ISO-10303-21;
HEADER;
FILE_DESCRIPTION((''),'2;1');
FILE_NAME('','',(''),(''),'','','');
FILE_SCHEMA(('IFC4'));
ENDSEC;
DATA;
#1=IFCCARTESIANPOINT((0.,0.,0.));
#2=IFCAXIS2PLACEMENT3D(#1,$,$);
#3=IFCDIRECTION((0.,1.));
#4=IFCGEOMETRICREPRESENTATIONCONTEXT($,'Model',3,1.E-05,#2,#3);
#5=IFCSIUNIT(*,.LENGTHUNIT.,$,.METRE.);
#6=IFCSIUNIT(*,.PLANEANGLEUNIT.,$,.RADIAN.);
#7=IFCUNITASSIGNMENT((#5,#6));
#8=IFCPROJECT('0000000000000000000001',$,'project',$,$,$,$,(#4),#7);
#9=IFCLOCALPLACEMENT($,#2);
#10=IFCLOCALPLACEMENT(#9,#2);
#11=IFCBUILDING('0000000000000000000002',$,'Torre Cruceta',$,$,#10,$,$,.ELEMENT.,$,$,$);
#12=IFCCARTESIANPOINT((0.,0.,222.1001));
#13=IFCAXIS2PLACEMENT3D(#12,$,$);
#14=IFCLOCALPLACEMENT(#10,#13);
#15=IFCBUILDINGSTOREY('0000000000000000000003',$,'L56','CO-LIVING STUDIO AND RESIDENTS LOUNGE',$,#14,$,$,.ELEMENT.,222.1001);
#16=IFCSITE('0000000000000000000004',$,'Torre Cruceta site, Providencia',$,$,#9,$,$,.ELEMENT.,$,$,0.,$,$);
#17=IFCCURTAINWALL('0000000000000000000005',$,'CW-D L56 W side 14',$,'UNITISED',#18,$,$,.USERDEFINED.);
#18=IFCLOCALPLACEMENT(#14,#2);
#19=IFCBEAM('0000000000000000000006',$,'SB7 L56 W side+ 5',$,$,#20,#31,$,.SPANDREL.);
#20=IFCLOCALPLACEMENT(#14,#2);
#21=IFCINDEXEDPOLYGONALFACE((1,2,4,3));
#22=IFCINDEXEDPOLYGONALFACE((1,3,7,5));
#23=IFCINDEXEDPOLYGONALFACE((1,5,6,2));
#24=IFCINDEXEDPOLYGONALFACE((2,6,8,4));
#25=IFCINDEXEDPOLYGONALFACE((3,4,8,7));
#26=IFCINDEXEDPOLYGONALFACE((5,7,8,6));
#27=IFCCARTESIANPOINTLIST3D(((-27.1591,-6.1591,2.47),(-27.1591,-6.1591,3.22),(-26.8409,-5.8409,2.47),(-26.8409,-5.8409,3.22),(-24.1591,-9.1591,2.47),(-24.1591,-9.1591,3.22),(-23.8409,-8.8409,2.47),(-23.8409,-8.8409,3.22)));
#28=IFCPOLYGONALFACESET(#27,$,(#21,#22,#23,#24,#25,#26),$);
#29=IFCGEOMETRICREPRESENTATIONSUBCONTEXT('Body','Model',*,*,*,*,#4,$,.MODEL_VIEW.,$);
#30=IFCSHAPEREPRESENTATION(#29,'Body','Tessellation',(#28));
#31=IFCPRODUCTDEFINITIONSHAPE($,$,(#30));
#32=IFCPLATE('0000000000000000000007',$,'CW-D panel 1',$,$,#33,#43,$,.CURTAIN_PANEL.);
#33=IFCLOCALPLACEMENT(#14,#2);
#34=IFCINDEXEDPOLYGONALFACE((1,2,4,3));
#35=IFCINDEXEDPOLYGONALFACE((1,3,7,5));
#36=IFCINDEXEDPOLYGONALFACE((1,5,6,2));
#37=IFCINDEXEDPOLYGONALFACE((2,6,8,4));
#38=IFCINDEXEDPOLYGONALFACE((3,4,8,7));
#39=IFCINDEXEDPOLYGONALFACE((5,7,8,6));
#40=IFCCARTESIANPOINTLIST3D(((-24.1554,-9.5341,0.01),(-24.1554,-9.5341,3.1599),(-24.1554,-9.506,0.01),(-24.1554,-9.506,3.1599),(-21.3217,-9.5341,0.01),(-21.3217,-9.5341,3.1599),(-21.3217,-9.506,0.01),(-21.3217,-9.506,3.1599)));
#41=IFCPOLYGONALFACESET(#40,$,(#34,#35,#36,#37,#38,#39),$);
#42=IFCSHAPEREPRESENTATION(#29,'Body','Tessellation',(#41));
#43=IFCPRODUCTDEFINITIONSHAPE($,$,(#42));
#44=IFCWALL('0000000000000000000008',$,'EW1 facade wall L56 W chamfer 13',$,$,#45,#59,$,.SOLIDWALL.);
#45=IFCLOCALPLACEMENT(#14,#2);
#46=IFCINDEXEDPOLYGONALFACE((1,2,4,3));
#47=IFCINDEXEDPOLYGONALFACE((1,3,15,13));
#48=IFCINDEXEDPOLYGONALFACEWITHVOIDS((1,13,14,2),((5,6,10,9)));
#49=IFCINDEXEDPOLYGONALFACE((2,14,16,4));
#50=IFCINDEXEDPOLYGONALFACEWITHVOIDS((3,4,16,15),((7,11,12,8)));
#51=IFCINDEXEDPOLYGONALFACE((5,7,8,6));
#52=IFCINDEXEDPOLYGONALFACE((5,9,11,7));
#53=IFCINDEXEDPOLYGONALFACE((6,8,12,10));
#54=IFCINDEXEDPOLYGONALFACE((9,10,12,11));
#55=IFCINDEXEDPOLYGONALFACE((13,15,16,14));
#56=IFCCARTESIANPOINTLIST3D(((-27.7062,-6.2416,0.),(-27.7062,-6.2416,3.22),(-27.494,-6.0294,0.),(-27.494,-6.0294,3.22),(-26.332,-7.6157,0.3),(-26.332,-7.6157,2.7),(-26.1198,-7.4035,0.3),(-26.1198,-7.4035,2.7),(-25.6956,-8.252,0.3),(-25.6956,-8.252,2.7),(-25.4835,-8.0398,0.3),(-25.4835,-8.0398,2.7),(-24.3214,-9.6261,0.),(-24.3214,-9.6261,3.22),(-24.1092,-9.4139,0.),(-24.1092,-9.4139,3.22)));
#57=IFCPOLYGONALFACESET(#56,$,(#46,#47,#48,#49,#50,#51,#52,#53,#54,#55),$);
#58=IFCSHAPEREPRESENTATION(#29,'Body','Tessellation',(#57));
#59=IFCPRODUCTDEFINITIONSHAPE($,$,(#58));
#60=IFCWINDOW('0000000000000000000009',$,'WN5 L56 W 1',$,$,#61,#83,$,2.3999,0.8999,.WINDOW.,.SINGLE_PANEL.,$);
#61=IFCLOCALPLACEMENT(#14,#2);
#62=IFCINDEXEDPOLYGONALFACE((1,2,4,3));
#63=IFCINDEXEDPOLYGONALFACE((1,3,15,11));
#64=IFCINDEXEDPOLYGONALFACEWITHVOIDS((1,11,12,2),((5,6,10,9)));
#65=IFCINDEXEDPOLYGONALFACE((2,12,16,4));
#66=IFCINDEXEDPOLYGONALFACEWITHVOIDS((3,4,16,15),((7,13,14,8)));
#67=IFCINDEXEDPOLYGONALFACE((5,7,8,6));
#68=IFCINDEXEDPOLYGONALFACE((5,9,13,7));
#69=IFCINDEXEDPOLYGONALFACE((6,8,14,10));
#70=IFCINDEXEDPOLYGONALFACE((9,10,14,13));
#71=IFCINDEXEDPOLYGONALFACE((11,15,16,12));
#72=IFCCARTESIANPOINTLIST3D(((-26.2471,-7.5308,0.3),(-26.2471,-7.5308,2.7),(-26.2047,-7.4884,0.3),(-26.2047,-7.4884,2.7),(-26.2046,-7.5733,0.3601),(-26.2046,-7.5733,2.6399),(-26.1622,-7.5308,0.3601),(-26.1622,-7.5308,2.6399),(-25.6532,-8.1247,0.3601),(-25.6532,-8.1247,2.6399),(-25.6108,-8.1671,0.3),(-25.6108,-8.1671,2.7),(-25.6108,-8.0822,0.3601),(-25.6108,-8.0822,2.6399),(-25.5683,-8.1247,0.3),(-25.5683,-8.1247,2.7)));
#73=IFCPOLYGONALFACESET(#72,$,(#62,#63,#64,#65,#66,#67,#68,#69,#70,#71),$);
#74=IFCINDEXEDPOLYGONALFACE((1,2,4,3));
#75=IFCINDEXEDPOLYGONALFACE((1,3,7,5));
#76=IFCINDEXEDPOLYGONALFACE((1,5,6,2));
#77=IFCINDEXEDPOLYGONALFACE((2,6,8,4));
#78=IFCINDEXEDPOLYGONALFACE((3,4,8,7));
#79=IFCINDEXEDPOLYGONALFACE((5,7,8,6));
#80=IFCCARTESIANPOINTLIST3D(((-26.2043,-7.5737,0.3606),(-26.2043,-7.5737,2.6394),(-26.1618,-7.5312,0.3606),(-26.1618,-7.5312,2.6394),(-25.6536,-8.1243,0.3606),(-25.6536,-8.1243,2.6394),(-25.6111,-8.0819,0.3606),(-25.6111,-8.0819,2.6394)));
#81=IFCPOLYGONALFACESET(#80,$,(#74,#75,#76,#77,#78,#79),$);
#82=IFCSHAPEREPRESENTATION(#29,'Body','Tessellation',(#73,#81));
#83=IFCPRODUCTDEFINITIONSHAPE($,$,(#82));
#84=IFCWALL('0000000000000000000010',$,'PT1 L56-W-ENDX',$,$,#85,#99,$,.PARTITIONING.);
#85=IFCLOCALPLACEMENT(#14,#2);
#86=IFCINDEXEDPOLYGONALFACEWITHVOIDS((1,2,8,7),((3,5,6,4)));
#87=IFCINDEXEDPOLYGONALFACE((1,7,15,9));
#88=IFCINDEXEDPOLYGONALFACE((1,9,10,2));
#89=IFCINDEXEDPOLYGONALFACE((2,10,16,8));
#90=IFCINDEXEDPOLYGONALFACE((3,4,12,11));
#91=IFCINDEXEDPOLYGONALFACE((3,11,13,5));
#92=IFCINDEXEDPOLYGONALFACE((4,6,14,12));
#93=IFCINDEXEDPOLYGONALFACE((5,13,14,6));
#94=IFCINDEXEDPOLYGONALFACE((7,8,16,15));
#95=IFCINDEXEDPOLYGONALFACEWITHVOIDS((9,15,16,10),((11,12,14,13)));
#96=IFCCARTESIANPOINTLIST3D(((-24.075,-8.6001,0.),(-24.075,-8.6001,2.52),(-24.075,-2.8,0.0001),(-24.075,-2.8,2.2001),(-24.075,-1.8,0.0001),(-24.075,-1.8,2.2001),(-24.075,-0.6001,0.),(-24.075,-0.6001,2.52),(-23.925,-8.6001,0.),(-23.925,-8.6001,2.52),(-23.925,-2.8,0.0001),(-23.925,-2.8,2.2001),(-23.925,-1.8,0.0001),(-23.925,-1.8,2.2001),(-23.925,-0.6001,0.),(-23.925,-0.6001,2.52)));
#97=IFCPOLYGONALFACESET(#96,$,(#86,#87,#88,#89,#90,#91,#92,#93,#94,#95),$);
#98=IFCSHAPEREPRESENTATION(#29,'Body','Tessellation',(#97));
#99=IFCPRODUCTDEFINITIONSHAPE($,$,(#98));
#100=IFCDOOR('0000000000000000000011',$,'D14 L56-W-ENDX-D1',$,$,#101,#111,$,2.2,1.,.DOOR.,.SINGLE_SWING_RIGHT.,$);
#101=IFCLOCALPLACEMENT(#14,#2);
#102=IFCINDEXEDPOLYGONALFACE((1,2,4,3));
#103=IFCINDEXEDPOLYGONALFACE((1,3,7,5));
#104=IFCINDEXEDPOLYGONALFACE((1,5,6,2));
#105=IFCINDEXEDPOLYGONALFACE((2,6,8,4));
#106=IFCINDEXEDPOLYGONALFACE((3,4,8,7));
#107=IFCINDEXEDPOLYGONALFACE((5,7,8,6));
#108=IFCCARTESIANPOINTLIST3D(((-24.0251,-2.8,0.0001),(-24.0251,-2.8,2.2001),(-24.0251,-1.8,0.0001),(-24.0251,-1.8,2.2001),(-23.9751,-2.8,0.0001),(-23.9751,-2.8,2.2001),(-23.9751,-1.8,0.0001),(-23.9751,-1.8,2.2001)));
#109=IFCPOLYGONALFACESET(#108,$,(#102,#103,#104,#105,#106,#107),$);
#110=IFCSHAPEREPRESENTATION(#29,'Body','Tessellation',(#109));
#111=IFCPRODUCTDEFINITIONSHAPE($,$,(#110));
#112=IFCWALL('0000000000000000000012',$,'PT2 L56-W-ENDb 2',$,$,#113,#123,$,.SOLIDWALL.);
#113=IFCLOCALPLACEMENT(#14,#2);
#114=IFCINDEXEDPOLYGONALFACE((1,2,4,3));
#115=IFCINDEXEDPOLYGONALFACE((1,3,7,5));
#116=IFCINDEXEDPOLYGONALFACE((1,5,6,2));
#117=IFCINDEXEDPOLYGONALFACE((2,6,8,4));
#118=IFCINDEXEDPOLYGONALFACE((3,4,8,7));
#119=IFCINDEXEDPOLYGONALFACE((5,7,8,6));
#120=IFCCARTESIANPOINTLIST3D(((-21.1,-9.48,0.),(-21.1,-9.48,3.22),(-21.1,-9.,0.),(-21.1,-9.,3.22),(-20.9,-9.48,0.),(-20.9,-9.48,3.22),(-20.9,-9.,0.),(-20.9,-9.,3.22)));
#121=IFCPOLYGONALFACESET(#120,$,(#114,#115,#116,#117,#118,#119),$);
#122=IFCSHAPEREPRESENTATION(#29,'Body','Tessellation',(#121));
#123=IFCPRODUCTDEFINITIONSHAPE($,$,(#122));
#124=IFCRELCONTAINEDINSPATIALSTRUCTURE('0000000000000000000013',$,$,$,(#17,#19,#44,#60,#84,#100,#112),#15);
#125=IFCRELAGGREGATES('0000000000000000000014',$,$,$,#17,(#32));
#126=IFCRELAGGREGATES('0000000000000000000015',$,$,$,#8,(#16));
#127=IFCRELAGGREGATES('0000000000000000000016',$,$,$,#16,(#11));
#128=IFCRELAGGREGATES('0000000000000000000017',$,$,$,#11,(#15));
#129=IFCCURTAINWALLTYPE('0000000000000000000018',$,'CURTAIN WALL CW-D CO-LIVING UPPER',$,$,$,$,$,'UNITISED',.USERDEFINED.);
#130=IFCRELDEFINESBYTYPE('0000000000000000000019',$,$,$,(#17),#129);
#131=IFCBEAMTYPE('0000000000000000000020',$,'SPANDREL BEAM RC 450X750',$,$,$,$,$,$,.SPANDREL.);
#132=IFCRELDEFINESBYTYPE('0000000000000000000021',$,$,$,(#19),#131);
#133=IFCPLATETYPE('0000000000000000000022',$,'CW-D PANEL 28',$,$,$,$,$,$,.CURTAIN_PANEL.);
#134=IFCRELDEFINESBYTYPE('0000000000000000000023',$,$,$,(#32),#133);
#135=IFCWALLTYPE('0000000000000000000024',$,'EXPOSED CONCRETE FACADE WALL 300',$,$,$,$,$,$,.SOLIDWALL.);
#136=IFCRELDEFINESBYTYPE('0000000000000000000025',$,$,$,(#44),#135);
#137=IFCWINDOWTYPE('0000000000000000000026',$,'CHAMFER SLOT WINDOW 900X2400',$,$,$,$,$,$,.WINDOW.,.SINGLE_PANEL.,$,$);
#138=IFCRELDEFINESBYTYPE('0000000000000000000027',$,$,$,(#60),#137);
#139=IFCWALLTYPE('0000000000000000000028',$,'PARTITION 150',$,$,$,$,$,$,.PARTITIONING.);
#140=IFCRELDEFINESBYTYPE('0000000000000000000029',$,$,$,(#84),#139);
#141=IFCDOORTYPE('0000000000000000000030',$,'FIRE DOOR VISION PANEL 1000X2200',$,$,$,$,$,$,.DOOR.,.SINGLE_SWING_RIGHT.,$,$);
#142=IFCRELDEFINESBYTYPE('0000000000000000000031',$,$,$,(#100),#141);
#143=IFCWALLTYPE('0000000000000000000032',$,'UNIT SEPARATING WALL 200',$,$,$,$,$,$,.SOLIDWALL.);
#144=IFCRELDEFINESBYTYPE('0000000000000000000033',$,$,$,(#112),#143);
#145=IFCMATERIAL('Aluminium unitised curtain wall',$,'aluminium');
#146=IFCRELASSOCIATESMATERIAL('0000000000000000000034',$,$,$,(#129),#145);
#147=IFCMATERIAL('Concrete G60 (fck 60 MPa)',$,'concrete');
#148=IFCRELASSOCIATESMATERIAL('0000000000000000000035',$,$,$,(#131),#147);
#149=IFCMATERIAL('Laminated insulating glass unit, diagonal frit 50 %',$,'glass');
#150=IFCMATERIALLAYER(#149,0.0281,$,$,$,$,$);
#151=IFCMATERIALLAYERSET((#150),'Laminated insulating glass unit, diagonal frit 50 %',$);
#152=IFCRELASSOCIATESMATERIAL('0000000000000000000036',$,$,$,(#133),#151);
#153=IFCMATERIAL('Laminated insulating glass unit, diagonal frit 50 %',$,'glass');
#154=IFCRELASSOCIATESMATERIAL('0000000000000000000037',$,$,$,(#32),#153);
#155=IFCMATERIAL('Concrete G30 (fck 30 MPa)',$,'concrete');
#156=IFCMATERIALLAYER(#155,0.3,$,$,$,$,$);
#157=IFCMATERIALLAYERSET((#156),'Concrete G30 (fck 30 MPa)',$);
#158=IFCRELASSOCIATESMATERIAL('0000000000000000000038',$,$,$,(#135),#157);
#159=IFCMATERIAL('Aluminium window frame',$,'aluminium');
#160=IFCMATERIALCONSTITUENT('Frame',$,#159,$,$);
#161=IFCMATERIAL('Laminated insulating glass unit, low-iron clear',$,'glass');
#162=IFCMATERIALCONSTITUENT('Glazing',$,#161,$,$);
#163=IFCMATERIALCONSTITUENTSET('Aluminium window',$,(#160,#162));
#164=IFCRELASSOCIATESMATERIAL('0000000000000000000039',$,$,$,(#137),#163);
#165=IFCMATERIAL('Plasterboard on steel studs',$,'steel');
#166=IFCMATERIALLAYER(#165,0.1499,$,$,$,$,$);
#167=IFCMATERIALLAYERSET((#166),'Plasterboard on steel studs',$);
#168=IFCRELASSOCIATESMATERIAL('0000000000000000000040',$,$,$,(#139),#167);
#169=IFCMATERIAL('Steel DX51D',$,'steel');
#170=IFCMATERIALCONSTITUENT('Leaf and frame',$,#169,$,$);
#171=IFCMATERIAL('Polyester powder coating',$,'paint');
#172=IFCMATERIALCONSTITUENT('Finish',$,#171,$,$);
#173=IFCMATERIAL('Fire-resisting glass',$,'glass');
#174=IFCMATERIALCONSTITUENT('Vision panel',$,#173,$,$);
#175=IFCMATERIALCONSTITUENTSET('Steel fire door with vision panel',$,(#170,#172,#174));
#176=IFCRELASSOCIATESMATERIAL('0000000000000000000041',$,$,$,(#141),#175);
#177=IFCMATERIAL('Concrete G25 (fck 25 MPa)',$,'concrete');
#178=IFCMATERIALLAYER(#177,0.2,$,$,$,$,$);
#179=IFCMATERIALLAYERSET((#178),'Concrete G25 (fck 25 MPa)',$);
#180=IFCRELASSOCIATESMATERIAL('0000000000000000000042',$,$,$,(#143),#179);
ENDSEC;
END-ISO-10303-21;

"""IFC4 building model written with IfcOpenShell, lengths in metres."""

from ifc_helpers import new_model, si_unit, direction, frame, frame_2d, origin, origin_2d, place, context, subcontext, project, spatial, rectangle, hollow_rectangle, extrude, material, layer, layer_set, constituent, constituent_set, material_profile, profile_set, type_object, element, fill, aggregate, save


model = new_model("IFC4")

# Units and contexts
model_context = context("Model", 3, precision=1e-05, world=origin(), true_north=direction((0.0, 1.0)))
body_context = subcontext(model_context, "Body", "Model", "MODEL_VIEW")
ifc_project = project(units=[si_unit("LENGTHUNIT", "METRE"), si_unit("PLANEANGLEUNIT", "RADIAN")], contexts=[model_context])

# Site, building, storey
site_placement = place(None, origin())
site = spatial("IfcSite", under=ifc_project, at=site_placement, Name="Torre Cruceta site, Providencia", CompositionType="ELEMENT", RefElevation=0.0)
building_placement = place(site_placement, origin())
building = spatial("IfcBuilding", under=site, at=building_placement, Name="Torre Cruceta", CompositionType="ELEMENT")
storey_placement = place(building_placement, frame((0.0, 0.0, 222.1001)))
storey = spatial("IfcBuildingStorey", under=building, at=storey_placement, Name="L56", Description="CO-LIVING STUDIO AND RESIDENTS LOUNGE", CompositionType="ELEMENT", Elevation=222.1001)

# Curtain wall
ifc_material_1 = material(Name="Aluminium unitised curtain wall", Category="aluminium")
curtain_wall_type = type_object("IfcCurtainWallType", Name="CURTAIN WALL CW-D CO-LIVING UPPER", ElementType="UNITISED", PredefinedType="USERDEFINED", material=ifc_material_1)
curtain_wall_placement = place(storey_placement, origin())
curtain_wall = element("IfcCurtainWall", 1, at=curtain_wall_placement, inside=storey, type_object=curtain_wall_type, Name="CW-D L56 W side 14", ObjectType="UNITISED", PredefinedType="USERDEFINED")

# Beam
ifc_material_2 = material(Name="Concrete G60 (fck 60 MPa)", Category="concrete")
ifc_material_profile_1 = material_profile(ifc_material_2, rectangle(XDim=0.45, YDim=0.75, at=origin_2d()), Name="RC 450X750")
ifc_profile_set_1 = profile_set([ifc_material_profile_1], Name="Concrete G60 (fck 60 MPa)")
beam_type_1 = type_object("IfcBeamType", Name="SPANDREL BEAM RC 450X750", PredefinedType="SPANDREL", material=ifc_profile_set_1)
beam_1_placement = place(storey_placement, frame((-24.0, -9.0, 2.845), z_axis=(-0.707107, 0.707107, 0.0), x_axis=(-0.707107, -0.707107, 0.0)))
element("IfcBeam", 2, at=beam_1_placement, inside=storey, type_object=beam_type_1, Name="SB7 L56 W side+ 5", PredefinedType="SPANDREL", context=body_context, shape_type="SweptSolid", body=[
    extrude(rectangle(XDim=0.45, YDim=0.75, at=origin_2d()), origin(), (0.0, 0.0, 1.0), 4.2427),
])

# Plate
ifc_material_3 = material(Name="Laminated insulating glass unit, diagonal frit 50 %", Category="glass")
ifc_material_4 = material(Name="Laminated insulating glass unit, diagonal frit 50 %", Category="glass")
ifc_layer_1 = layer(ifc_material_4, 0.0281)
ifc_layer_set_1 = layer_set([ifc_layer_1], Name="Laminated insulating glass unit, diagonal frit 50 %")
plate_type = type_object("IfcPlateType", Name="CW-D PANEL 28", PredefinedType="CURTAIN_PANEL", material=ifc_layer_set_1)
plate_placement = place(storey_placement, frame((-22.7385, -9.52, 0.01), z_axis=(0.0, 0.0, 1.0), x_axis=(1.0, 0.0, 0.0)))
plate = element("IfcPlate", 3, at=plate_placement, type_object=plate_type, material=ifc_material_3, Name="CW-D panel 1", PredefinedType="CURTAIN_PANEL", context=body_context, shape_type="SweptSolid", body=[
    extrude(rectangle(XDim=2.8337, YDim=0.0281, at=origin_2d()), origin(), (0.0, 0.0, 1.0), 3.1499),
])
aggregate(curtain_wall, [plate])

# Wall, opening, window
ifc_material_5 = material(Name="Concrete G30 (fck 30 MPa)", Category="concrete")
ifc_layer_2 = layer(ifc_material_5, 0.3)
ifc_layer_set_2 = layer_set([ifc_layer_2], Name="Concrete G30 (fck 30 MPa)")
wall_type_1 = type_object("IfcWallType", Name="EXPOSED CONCRETE FACADE WALL 300", PredefinedType="SOLIDWALL", material=ifc_layer_set_2)
wall_1_placement = place(storey_placement, frame((-27.6001, -6.1355, 0.0), z_axis=(0.0, 0.0, 1.0), x_axis=(0.707132, -0.707081, 0.0)))
wall_1 = element("IfcWall", 4, at=wall_1_placement, inside=storey, type_object=wall_type_1, Name="EW1 facade wall L56 W chamfer 13", PredefinedType="SOLIDWALL", context=body_context, shape_type="SweptSolid", body=[
    extrude(rectangle(XDim=4.7866, YDim=0.3, at=frame_2d((2.3933, 0.0))), origin(), (0.0, 0.0, 1.0), 3.22),
])
opening_1_placement = place(wall_1_placement, frame((1.9434, 0.0, 0.3)))
opening_1 = element("IfcOpeningElement", 5, at=opening_1_placement, cuts=wall_1, PredefinedType="OPENING", context=body_context, shape_type="SweptSolid", body=[
    extrude(rectangle(XDim=0.8999, YDim=2.3999, at=frame_2d((0.45, 1.2))), frame((0.0, 0.1599, 0.0), z_axis=(0.0, -1.0, 0.0), x_axis=(1.0, 0.0, 0.0)), (0.0, 0.0, 1.0), 0.3201),
])
ifc_material_6 = material(Name="Aluminium window frame", Category="aluminium")
ifc_constituent_1 = constituent(ifc_material_6, Name="Frame")
ifc_material_7 = material(Name="Laminated insulating glass unit, low-iron clear", Category="glass")
ifc_constituent_2 = constituent(ifc_material_7, Name="Glazing")
ifc_constituent_set_1 = constituent_set(constituents=[ifc_constituent_1, ifc_constituent_2], Name="Aluminium window")
window_type = type_object("IfcWindowType", Name="CHAMFER SLOT WINDOW 900X2400", PartitioningType="SINGLE_PANEL", PredefinedType="WINDOW", material=ifc_constituent_set_1)
window_placement = place(opening_1_placement, origin())
window = element("IfcWindow", 6, at=window_placement, inside=storey, type_object=window_type, Name="WN5 L56 W 1", OverallHeight=2.3999, OverallWidth=0.8999, PartitioningType="SINGLE_PANEL", PredefinedType="WINDOW", context=body_context, shape_type="SweptSolid", body=[
    extrude(hollow_rectangle(XDim=0.8999, YDim=2.3999, WallThickness=0.0601, at=frame_2d((0.45, 1.2))), frame((0.0, 0.03, 0.0), z_axis=(0.0, -1.0, 0.0), x_axis=(1.0, 0.0, 0.0)), (0.0, 0.0, 1.0), 0.0601),
    extrude(rectangle(XDim=0.7788, YDim=2.2788, at=frame_2d((0.45, 1.2))), frame((0.0, 0.03, 0.0), z_axis=(0.0, -1.0, 0.0), x_axis=(1.0, 0.0, 0.0)), (0.0, 0.0, 1.0), 0.0601),
])
fill(opening_1, window)

# Wall, opening, door
ifc_material_8 = material(Name="Plasterboard on steel studs", Category="steel")
ifc_layer_3 = layer(ifc_material_8, 0.1499)
ifc_layer_set_3 = layer_set([ifc_layer_3], Name="Plasterboard on steel studs")
wall_type_2 = type_object("IfcWallType", Name="PARTITION 150", PredefinedType="PARTITIONING", material=ifc_layer_set_3)
wall_2_placement = place(storey_placement, frame((-24.0, -0.6001, 0.0), z_axis=(0.0, 0.0, 1.0), x_axis=(0.0, -1.0, 0.0)))
wall_2 = element("IfcWall", 7, at=wall_2_placement, inside=storey, type_object=wall_type_2, Name="PT1 L56-W-ENDX", PredefinedType="PARTITIONING", context=body_context, shape_type="SweptSolid", body=[
    extrude(rectangle(XDim=8.0, YDim=0.1499, at=frame_2d((4.0, 0.0))), origin(), (0.0, 0.0, 1.0), 2.52),
])
opening_2_placement = place(wall_2_placement, frame((1.2, 0.0, 0.0)))
opening_2 = element("IfcOpeningElement", 8, at=opening_2_placement, cuts=wall_2, PredefinedType="OPENING", context=body_context, shape_type="SweptSolid", body=[
    extrude(rectangle(XDim=1.0, YDim=2.2, at=frame_2d((0.5, 1.1001))), frame((0.0, 0.085, 0.0), z_axis=(0.0, -1.0, 0.0), x_axis=(1.0, 0.0, 0.0)), (0.0, 0.0, 1.0), 0.1699),
])
ifc_material_9 = material(Name="Steel DX51D", Category="steel")
ifc_constituent_3 = constituent(ifc_material_9, Name="Leaf and frame")
ifc_material_10 = material(Name="Polyester powder coating", Category="paint")
ifc_constituent_4 = constituent(ifc_material_10, Name="Finish")
ifc_material_11 = material(Name="Fire-resisting glass", Category="glass")
ifc_constituent_5 = constituent(ifc_material_11, Name="Vision panel")
ifc_constituent_set_2 = constituent_set(constituents=[ifc_constituent_3, ifc_constituent_4, ifc_constituent_5], Name="Steel fire door with vision panel")
door_type = type_object("IfcDoorType", Name="FIRE DOOR VISION PANEL 1000X2200", OperationType="SINGLE_SWING_RIGHT", PredefinedType="DOOR", material=ifc_constituent_set_2)
door_placement = place(opening_2_placement, frame((1.0, 0.0, 0.0), z_axis=(0.0, 0.0, 1.0), x_axis=(-1.0, 0.0, 0.0)))
door = element("IfcDoor", 9, at=door_placement, inside=storey, type_object=door_type, Name="D14 L56-W-ENDX-D1", OperationType="SINGLE_SWING_RIGHT", OverallHeight=2.2, OverallWidth=1.0, PredefinedType="DOOR", context=body_context, shape_type="SweptSolid", body=[
    extrude(rectangle(XDim=1.0, YDim=2.2, at=frame_2d((0.5, 1.1001))), frame((0.0, 0.0251, 0.0), z_axis=(0.0, -1.0, 0.0), x_axis=(1.0, 0.0, 0.0)), (0.0, 0.0, 1.0), 0.05),
])
fill(opening_2, door)

# Wall
ifc_material_12 = material(Name="Concrete G25 (fck 25 MPa)", Category="concrete")
ifc_layer_4 = layer(ifc_material_12, 0.2)
ifc_layer_set_4 = layer_set([ifc_layer_4], Name="Concrete G25 (fck 25 MPa)")
wall_type_3 = type_object("IfcWallType", Name="UNIT SEPARATING WALL 200", PredefinedType="SOLIDWALL", material=ifc_layer_set_4)
wall_3_placement = place(storey_placement, frame((-21.0, -9.0, 0.0), z_axis=(0.0, 0.0, 1.0), x_axis=(0.0, -1.0, 0.0)))
element("IfcWall", 10, at=wall_3_placement, inside=storey, type_object=wall_type_3, Name="PT2 L56-W-ENDb 2", PredefinedType="SOLIDWALL", context=body_context, shape_type="SweptSolid", body=[
    extrude(rectangle(XDim=0.48, YDim=0.2, at=frame_2d((0.24, 0.0))), origin(), (0.0, 0.0, 1.0), 3.22),
])

save(model, "model.ifc")
